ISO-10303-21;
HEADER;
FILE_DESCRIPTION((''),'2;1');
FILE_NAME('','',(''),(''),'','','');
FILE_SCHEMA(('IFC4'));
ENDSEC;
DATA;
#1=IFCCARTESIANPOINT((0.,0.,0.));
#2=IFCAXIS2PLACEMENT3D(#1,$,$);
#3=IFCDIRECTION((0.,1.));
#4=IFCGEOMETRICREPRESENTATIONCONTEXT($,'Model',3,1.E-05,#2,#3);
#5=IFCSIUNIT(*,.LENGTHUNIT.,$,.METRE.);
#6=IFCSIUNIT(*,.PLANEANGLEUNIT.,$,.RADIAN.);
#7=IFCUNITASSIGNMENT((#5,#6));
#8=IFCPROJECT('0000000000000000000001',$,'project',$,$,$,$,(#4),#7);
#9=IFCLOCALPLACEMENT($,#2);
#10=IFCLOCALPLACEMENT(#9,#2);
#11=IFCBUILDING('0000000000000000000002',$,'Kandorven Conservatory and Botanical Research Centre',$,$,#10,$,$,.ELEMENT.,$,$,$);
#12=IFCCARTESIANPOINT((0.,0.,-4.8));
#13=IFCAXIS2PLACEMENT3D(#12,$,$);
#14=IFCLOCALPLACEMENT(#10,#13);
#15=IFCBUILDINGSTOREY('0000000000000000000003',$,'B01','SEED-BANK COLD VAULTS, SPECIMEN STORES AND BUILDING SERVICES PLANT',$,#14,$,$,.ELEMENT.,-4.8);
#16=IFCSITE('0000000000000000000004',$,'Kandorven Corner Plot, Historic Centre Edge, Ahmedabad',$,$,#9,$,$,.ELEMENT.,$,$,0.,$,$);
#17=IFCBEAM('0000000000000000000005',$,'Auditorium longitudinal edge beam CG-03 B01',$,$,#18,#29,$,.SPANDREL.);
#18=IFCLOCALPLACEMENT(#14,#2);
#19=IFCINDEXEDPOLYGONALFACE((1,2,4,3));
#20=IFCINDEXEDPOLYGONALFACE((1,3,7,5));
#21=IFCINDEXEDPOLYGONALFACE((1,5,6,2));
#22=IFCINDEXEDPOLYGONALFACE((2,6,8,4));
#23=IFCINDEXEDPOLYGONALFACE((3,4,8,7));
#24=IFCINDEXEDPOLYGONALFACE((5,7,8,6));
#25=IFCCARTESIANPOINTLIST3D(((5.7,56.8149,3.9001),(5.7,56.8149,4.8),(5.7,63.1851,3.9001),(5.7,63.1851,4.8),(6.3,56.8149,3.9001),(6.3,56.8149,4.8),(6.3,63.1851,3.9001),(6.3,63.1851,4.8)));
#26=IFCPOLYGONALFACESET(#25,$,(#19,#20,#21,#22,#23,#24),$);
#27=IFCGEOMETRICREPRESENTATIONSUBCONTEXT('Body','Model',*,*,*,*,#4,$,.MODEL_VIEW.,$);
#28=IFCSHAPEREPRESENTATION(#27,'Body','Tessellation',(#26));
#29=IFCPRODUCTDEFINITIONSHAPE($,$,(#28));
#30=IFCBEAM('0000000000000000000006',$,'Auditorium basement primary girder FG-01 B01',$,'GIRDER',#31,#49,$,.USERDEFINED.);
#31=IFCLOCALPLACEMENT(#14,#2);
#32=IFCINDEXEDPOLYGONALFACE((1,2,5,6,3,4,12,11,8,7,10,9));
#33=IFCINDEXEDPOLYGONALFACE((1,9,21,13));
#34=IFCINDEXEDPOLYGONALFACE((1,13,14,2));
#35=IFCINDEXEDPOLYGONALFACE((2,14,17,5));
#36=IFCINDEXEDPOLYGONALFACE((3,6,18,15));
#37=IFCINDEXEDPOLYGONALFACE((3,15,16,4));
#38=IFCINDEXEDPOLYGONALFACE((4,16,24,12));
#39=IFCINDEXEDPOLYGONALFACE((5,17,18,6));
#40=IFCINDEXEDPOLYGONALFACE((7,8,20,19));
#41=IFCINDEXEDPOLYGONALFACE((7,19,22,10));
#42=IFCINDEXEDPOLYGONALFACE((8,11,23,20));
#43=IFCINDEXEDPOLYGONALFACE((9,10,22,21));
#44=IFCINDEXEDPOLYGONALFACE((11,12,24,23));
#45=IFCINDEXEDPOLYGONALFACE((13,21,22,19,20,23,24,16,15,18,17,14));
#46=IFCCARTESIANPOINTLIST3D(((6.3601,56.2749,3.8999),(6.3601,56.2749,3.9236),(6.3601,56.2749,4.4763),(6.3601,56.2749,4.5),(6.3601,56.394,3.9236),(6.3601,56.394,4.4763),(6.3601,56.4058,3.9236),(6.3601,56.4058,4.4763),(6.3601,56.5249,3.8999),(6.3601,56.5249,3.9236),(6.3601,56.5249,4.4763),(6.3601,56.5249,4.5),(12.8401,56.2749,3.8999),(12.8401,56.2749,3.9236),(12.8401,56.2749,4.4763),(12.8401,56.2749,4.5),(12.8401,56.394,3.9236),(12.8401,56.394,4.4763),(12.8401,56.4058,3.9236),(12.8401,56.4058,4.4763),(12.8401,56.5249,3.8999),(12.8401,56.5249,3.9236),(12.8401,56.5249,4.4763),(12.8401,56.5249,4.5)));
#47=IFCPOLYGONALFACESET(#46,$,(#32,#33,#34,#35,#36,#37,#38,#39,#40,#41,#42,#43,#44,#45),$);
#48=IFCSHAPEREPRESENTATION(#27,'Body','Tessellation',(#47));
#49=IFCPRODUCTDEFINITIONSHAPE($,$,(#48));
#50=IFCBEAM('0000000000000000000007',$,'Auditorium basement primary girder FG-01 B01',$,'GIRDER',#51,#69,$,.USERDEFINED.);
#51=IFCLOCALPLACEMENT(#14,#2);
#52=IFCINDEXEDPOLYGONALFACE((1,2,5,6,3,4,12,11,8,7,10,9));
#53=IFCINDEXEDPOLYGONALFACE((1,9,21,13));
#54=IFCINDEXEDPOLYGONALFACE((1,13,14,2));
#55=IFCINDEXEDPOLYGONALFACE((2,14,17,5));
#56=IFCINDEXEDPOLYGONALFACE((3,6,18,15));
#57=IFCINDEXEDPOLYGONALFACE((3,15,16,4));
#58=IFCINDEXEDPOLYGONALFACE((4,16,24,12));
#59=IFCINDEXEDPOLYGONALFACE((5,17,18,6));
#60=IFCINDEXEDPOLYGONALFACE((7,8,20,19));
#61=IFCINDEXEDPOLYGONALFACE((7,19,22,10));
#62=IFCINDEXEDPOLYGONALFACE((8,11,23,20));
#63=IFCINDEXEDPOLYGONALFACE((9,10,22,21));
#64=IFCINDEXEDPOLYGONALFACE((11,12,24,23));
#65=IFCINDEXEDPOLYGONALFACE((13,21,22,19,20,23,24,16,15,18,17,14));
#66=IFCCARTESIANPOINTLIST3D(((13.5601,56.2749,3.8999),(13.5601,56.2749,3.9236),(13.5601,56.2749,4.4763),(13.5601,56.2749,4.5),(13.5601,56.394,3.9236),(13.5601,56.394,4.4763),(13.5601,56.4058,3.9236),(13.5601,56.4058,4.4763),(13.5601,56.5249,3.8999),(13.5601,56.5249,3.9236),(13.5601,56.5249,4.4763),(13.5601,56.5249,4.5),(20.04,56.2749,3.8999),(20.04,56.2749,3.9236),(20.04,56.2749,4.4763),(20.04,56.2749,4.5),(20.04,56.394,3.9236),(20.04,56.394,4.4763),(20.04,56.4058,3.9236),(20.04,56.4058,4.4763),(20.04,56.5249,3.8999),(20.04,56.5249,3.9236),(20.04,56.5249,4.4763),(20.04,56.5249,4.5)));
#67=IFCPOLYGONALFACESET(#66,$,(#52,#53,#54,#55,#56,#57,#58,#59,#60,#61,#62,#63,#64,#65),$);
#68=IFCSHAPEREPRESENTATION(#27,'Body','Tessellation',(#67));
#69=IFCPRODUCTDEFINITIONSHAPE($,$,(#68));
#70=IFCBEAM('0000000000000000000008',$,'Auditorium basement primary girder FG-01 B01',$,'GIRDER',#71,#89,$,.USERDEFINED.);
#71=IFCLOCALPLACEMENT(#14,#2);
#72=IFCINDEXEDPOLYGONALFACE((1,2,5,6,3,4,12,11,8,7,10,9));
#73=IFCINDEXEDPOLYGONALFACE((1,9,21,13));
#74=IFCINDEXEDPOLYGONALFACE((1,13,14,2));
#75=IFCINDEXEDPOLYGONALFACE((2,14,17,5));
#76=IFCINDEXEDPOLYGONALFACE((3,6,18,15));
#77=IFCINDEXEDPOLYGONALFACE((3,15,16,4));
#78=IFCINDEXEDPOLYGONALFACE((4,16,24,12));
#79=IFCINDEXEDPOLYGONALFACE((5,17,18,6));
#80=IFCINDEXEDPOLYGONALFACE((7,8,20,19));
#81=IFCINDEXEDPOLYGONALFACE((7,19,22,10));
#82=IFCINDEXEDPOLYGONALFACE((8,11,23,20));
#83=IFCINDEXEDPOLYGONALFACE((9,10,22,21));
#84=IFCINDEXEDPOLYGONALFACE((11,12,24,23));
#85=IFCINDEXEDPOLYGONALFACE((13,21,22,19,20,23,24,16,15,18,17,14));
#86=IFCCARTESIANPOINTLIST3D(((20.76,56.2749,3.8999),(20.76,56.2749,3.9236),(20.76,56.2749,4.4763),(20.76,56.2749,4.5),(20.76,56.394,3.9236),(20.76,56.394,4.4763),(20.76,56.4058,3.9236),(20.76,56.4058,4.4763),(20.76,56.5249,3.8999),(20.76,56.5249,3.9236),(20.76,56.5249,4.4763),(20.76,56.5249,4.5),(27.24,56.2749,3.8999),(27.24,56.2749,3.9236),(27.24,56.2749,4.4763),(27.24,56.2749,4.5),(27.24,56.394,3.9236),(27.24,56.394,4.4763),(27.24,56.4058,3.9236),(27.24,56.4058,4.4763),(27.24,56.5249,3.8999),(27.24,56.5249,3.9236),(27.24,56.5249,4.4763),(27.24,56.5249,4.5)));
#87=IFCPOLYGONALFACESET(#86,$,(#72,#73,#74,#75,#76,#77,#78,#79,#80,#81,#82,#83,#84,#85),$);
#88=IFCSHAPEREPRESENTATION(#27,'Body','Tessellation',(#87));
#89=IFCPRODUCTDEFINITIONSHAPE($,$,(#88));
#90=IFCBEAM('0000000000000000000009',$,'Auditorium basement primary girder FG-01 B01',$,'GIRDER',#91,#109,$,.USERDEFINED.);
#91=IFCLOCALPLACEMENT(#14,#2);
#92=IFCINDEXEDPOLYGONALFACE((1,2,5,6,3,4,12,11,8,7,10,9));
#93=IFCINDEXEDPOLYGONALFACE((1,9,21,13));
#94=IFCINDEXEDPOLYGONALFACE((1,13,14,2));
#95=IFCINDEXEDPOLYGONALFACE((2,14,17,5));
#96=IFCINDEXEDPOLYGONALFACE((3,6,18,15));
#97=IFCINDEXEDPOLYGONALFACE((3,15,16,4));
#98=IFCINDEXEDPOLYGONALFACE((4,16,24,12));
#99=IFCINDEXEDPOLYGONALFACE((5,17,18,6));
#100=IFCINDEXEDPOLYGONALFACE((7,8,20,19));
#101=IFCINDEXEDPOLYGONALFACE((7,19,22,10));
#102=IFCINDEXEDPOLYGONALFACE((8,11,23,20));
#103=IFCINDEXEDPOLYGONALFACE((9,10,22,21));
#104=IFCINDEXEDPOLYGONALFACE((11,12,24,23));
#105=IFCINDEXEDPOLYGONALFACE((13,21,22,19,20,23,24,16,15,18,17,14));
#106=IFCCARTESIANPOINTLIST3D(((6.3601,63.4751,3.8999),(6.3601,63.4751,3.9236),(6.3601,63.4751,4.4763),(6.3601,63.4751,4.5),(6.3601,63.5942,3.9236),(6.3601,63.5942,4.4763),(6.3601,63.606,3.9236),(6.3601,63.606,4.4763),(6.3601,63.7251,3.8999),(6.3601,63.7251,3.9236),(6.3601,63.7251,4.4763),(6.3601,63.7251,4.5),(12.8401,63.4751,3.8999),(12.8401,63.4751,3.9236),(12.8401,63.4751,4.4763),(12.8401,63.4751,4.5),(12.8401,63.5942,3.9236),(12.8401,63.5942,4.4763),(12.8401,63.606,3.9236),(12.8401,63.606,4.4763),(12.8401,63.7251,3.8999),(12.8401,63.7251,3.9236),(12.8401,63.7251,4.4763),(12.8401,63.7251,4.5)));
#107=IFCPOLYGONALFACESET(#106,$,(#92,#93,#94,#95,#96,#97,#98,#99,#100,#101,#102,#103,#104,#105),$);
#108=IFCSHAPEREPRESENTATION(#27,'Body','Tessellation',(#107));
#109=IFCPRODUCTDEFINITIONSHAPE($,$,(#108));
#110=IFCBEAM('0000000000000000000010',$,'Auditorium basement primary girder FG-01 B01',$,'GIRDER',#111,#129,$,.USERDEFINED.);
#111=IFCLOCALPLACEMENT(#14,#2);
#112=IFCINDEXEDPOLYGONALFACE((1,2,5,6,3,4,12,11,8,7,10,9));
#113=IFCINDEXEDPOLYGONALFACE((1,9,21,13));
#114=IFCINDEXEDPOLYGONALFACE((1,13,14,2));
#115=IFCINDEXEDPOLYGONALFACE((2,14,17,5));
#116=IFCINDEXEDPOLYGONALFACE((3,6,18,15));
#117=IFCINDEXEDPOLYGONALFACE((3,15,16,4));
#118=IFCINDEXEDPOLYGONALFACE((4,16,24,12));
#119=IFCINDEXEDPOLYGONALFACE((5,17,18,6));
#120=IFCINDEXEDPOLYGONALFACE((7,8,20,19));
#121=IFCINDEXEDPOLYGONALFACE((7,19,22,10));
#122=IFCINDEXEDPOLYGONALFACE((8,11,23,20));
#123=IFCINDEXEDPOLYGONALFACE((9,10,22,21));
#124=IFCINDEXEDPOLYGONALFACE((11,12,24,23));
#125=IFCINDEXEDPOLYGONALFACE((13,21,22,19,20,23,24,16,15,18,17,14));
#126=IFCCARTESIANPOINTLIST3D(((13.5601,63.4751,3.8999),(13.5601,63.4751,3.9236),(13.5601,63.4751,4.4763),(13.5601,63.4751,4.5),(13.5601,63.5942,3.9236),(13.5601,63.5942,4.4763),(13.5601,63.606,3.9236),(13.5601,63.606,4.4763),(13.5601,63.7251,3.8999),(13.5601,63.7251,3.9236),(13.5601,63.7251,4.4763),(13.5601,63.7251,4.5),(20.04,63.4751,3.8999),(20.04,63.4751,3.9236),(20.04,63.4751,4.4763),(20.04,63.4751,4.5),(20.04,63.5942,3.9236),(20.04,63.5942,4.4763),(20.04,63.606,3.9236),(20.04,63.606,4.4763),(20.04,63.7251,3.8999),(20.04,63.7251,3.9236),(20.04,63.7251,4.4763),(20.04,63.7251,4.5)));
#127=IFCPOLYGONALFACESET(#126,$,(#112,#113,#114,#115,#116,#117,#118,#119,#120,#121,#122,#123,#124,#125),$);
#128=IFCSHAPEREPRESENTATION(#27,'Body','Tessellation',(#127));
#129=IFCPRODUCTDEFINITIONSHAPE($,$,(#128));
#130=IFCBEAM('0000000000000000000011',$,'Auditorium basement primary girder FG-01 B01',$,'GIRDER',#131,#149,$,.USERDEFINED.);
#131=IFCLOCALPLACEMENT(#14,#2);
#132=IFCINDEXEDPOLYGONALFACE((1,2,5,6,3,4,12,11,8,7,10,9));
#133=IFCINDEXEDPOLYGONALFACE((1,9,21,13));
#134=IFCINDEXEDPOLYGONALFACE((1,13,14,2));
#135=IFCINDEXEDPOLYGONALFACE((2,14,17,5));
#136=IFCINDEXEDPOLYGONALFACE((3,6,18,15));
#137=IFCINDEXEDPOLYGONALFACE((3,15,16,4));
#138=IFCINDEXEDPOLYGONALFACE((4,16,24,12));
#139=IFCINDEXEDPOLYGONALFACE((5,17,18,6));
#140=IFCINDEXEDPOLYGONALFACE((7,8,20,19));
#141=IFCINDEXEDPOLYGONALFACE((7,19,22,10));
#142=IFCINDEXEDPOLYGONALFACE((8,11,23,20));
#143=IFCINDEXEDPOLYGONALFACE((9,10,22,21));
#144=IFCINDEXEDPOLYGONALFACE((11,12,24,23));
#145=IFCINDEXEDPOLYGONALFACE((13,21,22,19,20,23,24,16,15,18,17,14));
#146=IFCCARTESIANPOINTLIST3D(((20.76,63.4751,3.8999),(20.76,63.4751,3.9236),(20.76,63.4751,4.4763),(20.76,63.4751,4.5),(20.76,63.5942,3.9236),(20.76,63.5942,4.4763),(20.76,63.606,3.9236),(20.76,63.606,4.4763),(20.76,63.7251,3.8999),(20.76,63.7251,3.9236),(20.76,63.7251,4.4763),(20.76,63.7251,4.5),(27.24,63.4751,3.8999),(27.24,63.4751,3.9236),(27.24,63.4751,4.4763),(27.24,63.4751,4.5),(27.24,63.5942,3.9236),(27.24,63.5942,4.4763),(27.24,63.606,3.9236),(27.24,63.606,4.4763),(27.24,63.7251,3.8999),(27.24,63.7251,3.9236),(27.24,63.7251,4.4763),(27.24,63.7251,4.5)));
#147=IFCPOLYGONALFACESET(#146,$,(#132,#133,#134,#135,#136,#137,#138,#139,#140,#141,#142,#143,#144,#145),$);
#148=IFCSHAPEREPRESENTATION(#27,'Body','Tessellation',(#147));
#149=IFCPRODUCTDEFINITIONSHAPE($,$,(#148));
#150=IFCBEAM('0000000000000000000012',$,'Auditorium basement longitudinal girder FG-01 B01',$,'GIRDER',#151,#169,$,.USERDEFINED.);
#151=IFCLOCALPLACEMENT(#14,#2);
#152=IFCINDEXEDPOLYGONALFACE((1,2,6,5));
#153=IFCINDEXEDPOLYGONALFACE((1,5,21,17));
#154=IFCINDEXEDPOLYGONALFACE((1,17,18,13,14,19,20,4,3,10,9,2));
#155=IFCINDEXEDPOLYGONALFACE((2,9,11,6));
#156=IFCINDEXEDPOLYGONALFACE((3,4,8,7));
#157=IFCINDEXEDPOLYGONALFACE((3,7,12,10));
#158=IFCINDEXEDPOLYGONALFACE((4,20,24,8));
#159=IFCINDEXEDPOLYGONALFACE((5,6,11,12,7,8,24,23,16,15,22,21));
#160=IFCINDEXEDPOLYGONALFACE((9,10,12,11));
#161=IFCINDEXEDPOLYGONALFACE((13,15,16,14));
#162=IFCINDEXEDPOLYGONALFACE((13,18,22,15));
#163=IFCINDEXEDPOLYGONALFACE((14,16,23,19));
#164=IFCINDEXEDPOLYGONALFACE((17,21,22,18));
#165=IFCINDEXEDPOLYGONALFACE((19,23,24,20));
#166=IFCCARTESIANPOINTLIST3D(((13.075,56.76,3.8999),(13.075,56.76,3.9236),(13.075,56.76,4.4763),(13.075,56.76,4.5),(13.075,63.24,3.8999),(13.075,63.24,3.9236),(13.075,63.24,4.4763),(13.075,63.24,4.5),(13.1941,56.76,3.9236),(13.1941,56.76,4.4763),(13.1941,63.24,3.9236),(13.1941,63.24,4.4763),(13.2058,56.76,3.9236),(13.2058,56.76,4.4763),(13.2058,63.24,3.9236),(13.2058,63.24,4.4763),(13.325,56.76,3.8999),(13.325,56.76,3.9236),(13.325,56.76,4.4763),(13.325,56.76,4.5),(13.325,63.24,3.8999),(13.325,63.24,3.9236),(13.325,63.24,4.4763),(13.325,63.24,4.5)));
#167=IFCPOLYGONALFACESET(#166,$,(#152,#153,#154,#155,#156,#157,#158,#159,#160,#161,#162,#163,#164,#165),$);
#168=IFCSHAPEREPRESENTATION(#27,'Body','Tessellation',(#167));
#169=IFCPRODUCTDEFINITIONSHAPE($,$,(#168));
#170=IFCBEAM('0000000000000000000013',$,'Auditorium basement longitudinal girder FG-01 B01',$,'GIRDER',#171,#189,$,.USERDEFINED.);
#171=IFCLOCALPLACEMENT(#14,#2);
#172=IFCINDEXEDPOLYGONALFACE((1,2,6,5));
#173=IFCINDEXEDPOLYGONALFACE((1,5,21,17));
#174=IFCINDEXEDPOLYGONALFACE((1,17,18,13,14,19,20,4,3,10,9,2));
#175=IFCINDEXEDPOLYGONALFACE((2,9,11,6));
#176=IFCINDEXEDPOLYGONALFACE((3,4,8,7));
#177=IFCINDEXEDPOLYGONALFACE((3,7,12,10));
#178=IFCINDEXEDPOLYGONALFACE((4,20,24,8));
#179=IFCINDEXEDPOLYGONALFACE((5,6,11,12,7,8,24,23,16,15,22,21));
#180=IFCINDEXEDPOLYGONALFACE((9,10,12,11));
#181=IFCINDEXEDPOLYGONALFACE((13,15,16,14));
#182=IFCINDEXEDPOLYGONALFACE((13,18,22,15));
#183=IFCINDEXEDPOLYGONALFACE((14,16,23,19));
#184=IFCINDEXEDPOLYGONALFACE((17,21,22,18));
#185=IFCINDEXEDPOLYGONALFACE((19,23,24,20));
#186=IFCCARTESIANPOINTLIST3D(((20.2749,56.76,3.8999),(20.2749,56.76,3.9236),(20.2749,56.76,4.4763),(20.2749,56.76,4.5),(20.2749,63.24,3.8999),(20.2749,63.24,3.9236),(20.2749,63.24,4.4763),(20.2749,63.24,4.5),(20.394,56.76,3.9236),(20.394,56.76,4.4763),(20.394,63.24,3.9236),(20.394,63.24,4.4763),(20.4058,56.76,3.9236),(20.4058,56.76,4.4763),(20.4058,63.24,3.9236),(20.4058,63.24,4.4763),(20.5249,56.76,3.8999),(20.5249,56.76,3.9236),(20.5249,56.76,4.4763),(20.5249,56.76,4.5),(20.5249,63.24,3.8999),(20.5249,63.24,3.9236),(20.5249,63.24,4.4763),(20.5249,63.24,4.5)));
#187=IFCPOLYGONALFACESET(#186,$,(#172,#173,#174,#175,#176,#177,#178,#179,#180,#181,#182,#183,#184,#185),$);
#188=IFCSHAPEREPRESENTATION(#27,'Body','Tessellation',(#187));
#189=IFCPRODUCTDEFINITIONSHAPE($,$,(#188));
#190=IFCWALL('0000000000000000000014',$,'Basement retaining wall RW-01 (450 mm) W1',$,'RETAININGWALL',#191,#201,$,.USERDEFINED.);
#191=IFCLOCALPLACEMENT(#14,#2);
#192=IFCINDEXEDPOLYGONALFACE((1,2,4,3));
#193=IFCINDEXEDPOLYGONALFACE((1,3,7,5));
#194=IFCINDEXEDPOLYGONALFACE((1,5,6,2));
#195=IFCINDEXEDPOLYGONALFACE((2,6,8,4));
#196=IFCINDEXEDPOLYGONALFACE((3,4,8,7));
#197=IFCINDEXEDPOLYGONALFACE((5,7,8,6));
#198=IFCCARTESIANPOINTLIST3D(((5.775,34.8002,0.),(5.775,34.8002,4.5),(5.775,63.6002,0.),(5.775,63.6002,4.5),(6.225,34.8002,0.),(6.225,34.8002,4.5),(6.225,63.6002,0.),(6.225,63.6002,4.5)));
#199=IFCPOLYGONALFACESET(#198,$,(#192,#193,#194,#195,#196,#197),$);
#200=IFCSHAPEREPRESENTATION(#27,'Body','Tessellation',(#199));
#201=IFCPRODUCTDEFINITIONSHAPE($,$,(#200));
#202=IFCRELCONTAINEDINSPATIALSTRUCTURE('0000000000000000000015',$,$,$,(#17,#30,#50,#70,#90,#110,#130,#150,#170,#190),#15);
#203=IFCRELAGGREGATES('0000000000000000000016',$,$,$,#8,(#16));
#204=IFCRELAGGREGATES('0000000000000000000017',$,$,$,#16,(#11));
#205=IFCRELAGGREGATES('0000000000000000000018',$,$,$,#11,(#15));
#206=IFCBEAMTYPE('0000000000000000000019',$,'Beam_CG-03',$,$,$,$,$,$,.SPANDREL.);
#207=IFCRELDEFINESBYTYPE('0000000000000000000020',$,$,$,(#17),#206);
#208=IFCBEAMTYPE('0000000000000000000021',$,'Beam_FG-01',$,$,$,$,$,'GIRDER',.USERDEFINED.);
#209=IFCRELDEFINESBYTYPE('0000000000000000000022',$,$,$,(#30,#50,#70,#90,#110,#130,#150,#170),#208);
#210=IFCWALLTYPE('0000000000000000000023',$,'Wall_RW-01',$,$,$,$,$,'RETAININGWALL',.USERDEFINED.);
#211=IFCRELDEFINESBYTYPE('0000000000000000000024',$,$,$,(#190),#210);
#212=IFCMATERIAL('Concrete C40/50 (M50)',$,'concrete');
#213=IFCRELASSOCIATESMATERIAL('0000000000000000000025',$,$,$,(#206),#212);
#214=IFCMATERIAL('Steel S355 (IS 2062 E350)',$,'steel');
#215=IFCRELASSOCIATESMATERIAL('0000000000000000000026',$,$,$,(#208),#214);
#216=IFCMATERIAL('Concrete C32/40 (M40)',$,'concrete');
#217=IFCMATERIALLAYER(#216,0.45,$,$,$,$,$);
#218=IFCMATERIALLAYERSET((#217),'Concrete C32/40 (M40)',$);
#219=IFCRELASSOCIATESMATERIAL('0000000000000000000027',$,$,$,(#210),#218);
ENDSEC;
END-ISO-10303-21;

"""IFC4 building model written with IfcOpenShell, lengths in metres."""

from ifc_helpers import new_model, si_unit, direction, frame, frame_2d, origin, origin_2d, place, context, subcontext, project, spatial, rectangle, i_section, extrude, material, layer, layer_set, material_profile, profile_set, type_object, element, save


model = new_model("IFC4")

# Units and contexts
model_context = context("Model", 3, precision=1e-05, world=origin(), true_north=direction((0.0, 1.0)))
body_context = subcontext(model_context, "Body", "Model", "MODEL_VIEW")
ifc_project = project(units=[si_unit("LENGTHUNIT", "METRE"), si_unit("PLANEANGLEUNIT", "RADIAN")], contexts=[model_context])

# Site, building, storey
site_placement = place(None, origin())
site = spatial("IfcSite", under=ifc_project, at=site_placement, Name="Kandorven Corner Plot, Historic Centre Edge, Ahmedabad", CompositionType="ELEMENT", RefElevation=0.0)
building_placement = place(site_placement, origin())
building = spatial("IfcBuilding", under=site, at=building_placement, Name="Kandorven Conservatory and Botanical Research Centre", CompositionType="ELEMENT")
storey_placement = place(building_placement, frame((0.0, 0.0, -4.8)))
storey = spatial("IfcBuildingStorey", under=building, at=storey_placement, Name="B01", Description="SEED-BANK COLD VAULTS, SPECIMEN STORES AND BUILDING SERVICES PLANT", CompositionType="ELEMENT", Elevation=-4.8)

# Beams
ifc_material_1 = material(Name="Concrete C40/50 (M50)", Category="concrete")
ifc_material_profile_1 = material_profile(ifc_material_1, rectangle(XDim=0.6001, YDim=0.8999, at=origin_2d()))
ifc_profile_set_1 = profile_set([ifc_material_profile_1], Name="Concrete C40/50 (M50)")
beam_type_1 = type_object("IfcBeamType", Name="Beam_CG-03", PredefinedType="SPANDREL", material=ifc_profile_set_1)
beam_placement = place(storey_placement, frame((6.0, 56.8149, 4.3501), z_axis=(0.0, 1.0, 0.0), x_axis=(-1.0, 0.0, 0.0)))
element("IfcBeam", 1, at=beam_placement, inside=storey, type_object=beam_type_1, Name="Auditorium longitudinal edge beam CG-03 B01", PredefinedType="SPANDREL", context=body_context, shape_type="SweptSolid", body=[
    extrude(rectangle(XDim=0.6001, YDim=0.8999, at=origin_2d()), origin(), (0.0, 0.0, 1.0), 6.3701),
])
ifc_material_2 = material(Name="Steel S355 (IS 2062 E350)", Category="steel")
ifc_material_profile_2 = material_profile(ifc_material_2, i_section(OverallWidth=0.25, OverallDepth=0.6001, WebThickness=0.0117, FlangeThickness=0.0237, at=origin_2d()))
ifc_profile_set_2 = profile_set([ifc_material_profile_2], Name="Steel S355 (IS 2062 E350)")
beam_type_2 = type_object("IfcBeamType", Name="Beam_FG-01", ElementType="GIRDER", PredefinedType="USERDEFINED", material=ifc_profile_set_2)
for number, where, z_axis, x_axis, name in (
    (2, (6.3601, 56.3999, 4.2), (1.0, 0.0, 0.0), (0.0, 1.0, 0.0), "Auditorium basement primary girder FG-01 B01"),
    (3, (13.5601, 56.3999, 4.2), (1.0, 0.0, 0.0), (0.0, 1.0, 0.0), "Auditorium basement primary girder FG-01 B01"),
    (4, (20.76, 56.3999, 4.2), (1.0, 0.0, 0.0), (0.0, 1.0, 0.0), "Auditorium basement primary girder FG-01 B01"),
    (5, (6.3601, 63.6001, 4.2), (1.0, 0.0, 0.0), (0.0, 1.0, 0.0), "Auditorium basement primary girder FG-01 B01"),
    (6, (13.5601, 63.6001, 4.2), (1.0, 0.0, 0.0), (0.0, 1.0, 0.0), "Auditorium basement primary girder FG-01 B01"),
    (7, (20.76, 63.6001, 4.2), (1.0, 0.0, 0.0), (0.0, 1.0, 0.0), "Auditorium basement primary girder FG-01 B01"),
    (8, (13.2, 56.76, 4.2), (0.0, 1.0, 0.0), (-1.0, 0.0, 0.0), "Auditorium basement longitudinal girder FG-01 B01"),
    (9, (20.3999, 56.76, 4.2), (0.0, 1.0, 0.0), (-1.0, 0.0, 0.0), "Auditorium basement longitudinal girder FG-01 B01"),
):
    element("IfcBeam", number, at=place(storey_placement, frame(where, z_axis=z_axis, x_axis=x_axis)), inside=storey, type_object=beam_type_2, Name=name, ObjectType="GIRDER", PredefinedType="USERDEFINED", context=body_context, shape_type="SweptSolid", body=[
        extrude(i_section(OverallWidth=0.25, OverallDepth=0.6001, WebThickness=0.0117, FlangeThickness=0.0237, at=origin_2d()), origin(), (0.0, 0.0, 1.0), 6.48),
    ])

# Wall
ifc_material_3 = material(Name="Concrete C32/40 (M40)", Category="concrete")
ifc_layer = layer(ifc_material_3, 0.45)
ifc_layer_set = layer_set([ifc_layer], Name="Concrete C32/40 (M40)")
wall_type = type_object("IfcWallType", Name="Wall_RW-01", ElementType="RETAININGWALL", PredefinedType="USERDEFINED", material=ifc_layer_set)
wall_placement = place(storey_placement, frame((6.0, 63.6001, 0.0), z_axis=(0.0, 0.0, 1.0), x_axis=(0.0, -1.0, 0.0)))
element("IfcWall", 10, at=wall_placement, inside=storey, type_object=wall_type, Name="Basement retaining wall RW-01 (450 mm) W1", ObjectType="RETAININGWALL", PredefinedType="USERDEFINED", context=body_context, shape_type="SweptSolid", body=[
    extrude(rectangle(XDim=28.8, YDim=0.45, at=frame_2d((14.3999, 0.0))), origin(), (0.0, 0.0, 1.0), 4.5),
])

save(model, "model.ifc")
